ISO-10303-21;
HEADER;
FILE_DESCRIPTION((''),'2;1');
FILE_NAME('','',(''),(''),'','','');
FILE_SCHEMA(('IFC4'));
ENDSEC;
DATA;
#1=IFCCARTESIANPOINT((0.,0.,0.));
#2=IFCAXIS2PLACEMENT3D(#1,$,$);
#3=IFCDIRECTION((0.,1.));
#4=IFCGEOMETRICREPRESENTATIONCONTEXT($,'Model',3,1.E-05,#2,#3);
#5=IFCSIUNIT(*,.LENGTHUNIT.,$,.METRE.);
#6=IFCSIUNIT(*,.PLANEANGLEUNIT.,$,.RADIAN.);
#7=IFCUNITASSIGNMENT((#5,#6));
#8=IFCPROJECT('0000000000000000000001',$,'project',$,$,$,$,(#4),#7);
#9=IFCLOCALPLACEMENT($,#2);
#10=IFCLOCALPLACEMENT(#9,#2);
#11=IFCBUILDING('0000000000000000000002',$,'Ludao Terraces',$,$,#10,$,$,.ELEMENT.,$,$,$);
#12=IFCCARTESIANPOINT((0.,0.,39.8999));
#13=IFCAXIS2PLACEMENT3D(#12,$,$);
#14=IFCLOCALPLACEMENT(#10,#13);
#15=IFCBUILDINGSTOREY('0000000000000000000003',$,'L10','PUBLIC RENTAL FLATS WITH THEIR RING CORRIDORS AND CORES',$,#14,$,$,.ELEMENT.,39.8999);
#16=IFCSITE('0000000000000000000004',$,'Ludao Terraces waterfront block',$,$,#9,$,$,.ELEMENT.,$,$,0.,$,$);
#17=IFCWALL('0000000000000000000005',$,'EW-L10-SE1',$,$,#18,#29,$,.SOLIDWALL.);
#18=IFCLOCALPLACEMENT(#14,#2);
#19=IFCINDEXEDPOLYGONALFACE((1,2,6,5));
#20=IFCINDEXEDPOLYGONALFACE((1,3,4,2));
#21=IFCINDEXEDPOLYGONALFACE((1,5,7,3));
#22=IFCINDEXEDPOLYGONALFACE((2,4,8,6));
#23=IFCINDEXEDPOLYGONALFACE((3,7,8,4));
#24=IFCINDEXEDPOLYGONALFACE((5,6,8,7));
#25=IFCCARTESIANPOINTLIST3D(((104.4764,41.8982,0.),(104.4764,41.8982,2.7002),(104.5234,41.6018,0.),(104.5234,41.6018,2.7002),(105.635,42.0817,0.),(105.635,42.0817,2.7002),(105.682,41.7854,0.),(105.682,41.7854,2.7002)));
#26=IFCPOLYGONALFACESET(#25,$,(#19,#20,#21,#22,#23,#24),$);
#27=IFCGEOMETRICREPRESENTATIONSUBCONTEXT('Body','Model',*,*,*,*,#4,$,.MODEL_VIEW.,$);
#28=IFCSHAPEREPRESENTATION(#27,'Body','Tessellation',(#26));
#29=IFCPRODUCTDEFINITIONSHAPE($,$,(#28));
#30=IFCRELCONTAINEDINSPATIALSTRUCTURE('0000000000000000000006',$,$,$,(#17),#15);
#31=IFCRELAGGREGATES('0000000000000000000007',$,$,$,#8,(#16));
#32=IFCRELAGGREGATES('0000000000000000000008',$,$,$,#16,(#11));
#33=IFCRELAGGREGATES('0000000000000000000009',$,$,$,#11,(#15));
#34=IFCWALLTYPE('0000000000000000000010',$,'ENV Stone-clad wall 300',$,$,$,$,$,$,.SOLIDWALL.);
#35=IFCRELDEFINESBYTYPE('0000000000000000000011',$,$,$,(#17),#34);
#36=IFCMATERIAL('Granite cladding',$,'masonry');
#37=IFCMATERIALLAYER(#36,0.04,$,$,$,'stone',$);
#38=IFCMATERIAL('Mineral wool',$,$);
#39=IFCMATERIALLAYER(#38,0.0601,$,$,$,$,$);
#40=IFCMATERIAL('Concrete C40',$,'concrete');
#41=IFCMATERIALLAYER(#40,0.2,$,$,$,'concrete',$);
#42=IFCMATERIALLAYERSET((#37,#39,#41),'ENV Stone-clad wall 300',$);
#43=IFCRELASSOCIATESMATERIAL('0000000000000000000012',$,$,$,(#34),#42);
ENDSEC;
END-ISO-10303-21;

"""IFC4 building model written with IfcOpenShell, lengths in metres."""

from ifc_helpers import new_model, si_unit, direction, frame, frame_2d, origin, place, context, subcontext, project, spatial, rectangle, extrude, material, layer, layer_set, type_object, element, save


model = new_model("IFC4")

# Units and contexts
model_context = context("Model", 3, precision=1e-05, world=origin(), true_north=direction((0.0, 1.0)))
body_context = subcontext(model_context, "Body", "Model", "MODEL_VIEW")
ifc_project = project(units=[si_unit("LENGTHUNIT", "METRE"), si_unit("PLANEANGLEUNIT", "RADIAN")], contexts=[model_context])

# Site, building, storey
site_placement = place(None, origin())
site = spatial("IfcSite", under=ifc_project, at=site_placement, Name="Ludao Terraces waterfront block", CompositionType="ELEMENT", RefElevation=0.0)
building_placement = place(site_placement, origin())
building = spatial("IfcBuilding", under=site, at=building_placement, Name="Ludao Terraces", CompositionType="ELEMENT")
storey_placement = place(building_placement, frame((0.0, 0.0, 39.8999)))
storey = spatial("IfcBuildingStorey", under=building, at=storey_placement, Name="L10", Description="PUBLIC RENTAL FLATS WITH THEIR RING CORRIDORS AND CORES", CompositionType="ELEMENT", Elevation=39.8999)

# Wall
ifc_material_1 = material(Name="Granite cladding", Category="masonry")
ifc_layer_1 = layer(ifc_material_1, 0.04, Category="stone")
ifc_material_2 = material(Name="Mineral wool")
ifc_layer_2 = layer(ifc_material_2, 0.0601)
ifc_material_3 = material(Name="Concrete C40", Category="concrete")
ifc_layer_3 = layer(ifc_material_3, 0.2, Category="concrete")
ifc_layer_set_1 = layer_set([ifc_layer_1, ifc_layer_2, ifc_layer_3], Name="ENV Stone-clad wall 300")
wall_type_1 = type_object("IfcWallType", Name="ENV Stone-clad wall 300", PredefinedType="SOLIDWALL", material=ifc_layer_set_1)
wall_1_placement = place(storey_placement, frame((104.5, 41.75, 0.0), z_axis=(0.0, 0.0, 1.0), x_axis=(0.987678, 0.156497, 0.0)))
element("IfcWall", 1, at=wall_1_placement, inside=storey, type_object=wall_type_1, Name="EW-L10-SE1", PredefinedType="SOLIDWALL", context=body_context, shape_type="SweptSolid", body=[
    extrude(rectangle(XDim=1.1731, YDim=0.3, at=frame_2d((0.5864, 0.0))), origin(), (0.0, 0.0, 1.0), 2.7002),
])

save(model, "model.ifc")
